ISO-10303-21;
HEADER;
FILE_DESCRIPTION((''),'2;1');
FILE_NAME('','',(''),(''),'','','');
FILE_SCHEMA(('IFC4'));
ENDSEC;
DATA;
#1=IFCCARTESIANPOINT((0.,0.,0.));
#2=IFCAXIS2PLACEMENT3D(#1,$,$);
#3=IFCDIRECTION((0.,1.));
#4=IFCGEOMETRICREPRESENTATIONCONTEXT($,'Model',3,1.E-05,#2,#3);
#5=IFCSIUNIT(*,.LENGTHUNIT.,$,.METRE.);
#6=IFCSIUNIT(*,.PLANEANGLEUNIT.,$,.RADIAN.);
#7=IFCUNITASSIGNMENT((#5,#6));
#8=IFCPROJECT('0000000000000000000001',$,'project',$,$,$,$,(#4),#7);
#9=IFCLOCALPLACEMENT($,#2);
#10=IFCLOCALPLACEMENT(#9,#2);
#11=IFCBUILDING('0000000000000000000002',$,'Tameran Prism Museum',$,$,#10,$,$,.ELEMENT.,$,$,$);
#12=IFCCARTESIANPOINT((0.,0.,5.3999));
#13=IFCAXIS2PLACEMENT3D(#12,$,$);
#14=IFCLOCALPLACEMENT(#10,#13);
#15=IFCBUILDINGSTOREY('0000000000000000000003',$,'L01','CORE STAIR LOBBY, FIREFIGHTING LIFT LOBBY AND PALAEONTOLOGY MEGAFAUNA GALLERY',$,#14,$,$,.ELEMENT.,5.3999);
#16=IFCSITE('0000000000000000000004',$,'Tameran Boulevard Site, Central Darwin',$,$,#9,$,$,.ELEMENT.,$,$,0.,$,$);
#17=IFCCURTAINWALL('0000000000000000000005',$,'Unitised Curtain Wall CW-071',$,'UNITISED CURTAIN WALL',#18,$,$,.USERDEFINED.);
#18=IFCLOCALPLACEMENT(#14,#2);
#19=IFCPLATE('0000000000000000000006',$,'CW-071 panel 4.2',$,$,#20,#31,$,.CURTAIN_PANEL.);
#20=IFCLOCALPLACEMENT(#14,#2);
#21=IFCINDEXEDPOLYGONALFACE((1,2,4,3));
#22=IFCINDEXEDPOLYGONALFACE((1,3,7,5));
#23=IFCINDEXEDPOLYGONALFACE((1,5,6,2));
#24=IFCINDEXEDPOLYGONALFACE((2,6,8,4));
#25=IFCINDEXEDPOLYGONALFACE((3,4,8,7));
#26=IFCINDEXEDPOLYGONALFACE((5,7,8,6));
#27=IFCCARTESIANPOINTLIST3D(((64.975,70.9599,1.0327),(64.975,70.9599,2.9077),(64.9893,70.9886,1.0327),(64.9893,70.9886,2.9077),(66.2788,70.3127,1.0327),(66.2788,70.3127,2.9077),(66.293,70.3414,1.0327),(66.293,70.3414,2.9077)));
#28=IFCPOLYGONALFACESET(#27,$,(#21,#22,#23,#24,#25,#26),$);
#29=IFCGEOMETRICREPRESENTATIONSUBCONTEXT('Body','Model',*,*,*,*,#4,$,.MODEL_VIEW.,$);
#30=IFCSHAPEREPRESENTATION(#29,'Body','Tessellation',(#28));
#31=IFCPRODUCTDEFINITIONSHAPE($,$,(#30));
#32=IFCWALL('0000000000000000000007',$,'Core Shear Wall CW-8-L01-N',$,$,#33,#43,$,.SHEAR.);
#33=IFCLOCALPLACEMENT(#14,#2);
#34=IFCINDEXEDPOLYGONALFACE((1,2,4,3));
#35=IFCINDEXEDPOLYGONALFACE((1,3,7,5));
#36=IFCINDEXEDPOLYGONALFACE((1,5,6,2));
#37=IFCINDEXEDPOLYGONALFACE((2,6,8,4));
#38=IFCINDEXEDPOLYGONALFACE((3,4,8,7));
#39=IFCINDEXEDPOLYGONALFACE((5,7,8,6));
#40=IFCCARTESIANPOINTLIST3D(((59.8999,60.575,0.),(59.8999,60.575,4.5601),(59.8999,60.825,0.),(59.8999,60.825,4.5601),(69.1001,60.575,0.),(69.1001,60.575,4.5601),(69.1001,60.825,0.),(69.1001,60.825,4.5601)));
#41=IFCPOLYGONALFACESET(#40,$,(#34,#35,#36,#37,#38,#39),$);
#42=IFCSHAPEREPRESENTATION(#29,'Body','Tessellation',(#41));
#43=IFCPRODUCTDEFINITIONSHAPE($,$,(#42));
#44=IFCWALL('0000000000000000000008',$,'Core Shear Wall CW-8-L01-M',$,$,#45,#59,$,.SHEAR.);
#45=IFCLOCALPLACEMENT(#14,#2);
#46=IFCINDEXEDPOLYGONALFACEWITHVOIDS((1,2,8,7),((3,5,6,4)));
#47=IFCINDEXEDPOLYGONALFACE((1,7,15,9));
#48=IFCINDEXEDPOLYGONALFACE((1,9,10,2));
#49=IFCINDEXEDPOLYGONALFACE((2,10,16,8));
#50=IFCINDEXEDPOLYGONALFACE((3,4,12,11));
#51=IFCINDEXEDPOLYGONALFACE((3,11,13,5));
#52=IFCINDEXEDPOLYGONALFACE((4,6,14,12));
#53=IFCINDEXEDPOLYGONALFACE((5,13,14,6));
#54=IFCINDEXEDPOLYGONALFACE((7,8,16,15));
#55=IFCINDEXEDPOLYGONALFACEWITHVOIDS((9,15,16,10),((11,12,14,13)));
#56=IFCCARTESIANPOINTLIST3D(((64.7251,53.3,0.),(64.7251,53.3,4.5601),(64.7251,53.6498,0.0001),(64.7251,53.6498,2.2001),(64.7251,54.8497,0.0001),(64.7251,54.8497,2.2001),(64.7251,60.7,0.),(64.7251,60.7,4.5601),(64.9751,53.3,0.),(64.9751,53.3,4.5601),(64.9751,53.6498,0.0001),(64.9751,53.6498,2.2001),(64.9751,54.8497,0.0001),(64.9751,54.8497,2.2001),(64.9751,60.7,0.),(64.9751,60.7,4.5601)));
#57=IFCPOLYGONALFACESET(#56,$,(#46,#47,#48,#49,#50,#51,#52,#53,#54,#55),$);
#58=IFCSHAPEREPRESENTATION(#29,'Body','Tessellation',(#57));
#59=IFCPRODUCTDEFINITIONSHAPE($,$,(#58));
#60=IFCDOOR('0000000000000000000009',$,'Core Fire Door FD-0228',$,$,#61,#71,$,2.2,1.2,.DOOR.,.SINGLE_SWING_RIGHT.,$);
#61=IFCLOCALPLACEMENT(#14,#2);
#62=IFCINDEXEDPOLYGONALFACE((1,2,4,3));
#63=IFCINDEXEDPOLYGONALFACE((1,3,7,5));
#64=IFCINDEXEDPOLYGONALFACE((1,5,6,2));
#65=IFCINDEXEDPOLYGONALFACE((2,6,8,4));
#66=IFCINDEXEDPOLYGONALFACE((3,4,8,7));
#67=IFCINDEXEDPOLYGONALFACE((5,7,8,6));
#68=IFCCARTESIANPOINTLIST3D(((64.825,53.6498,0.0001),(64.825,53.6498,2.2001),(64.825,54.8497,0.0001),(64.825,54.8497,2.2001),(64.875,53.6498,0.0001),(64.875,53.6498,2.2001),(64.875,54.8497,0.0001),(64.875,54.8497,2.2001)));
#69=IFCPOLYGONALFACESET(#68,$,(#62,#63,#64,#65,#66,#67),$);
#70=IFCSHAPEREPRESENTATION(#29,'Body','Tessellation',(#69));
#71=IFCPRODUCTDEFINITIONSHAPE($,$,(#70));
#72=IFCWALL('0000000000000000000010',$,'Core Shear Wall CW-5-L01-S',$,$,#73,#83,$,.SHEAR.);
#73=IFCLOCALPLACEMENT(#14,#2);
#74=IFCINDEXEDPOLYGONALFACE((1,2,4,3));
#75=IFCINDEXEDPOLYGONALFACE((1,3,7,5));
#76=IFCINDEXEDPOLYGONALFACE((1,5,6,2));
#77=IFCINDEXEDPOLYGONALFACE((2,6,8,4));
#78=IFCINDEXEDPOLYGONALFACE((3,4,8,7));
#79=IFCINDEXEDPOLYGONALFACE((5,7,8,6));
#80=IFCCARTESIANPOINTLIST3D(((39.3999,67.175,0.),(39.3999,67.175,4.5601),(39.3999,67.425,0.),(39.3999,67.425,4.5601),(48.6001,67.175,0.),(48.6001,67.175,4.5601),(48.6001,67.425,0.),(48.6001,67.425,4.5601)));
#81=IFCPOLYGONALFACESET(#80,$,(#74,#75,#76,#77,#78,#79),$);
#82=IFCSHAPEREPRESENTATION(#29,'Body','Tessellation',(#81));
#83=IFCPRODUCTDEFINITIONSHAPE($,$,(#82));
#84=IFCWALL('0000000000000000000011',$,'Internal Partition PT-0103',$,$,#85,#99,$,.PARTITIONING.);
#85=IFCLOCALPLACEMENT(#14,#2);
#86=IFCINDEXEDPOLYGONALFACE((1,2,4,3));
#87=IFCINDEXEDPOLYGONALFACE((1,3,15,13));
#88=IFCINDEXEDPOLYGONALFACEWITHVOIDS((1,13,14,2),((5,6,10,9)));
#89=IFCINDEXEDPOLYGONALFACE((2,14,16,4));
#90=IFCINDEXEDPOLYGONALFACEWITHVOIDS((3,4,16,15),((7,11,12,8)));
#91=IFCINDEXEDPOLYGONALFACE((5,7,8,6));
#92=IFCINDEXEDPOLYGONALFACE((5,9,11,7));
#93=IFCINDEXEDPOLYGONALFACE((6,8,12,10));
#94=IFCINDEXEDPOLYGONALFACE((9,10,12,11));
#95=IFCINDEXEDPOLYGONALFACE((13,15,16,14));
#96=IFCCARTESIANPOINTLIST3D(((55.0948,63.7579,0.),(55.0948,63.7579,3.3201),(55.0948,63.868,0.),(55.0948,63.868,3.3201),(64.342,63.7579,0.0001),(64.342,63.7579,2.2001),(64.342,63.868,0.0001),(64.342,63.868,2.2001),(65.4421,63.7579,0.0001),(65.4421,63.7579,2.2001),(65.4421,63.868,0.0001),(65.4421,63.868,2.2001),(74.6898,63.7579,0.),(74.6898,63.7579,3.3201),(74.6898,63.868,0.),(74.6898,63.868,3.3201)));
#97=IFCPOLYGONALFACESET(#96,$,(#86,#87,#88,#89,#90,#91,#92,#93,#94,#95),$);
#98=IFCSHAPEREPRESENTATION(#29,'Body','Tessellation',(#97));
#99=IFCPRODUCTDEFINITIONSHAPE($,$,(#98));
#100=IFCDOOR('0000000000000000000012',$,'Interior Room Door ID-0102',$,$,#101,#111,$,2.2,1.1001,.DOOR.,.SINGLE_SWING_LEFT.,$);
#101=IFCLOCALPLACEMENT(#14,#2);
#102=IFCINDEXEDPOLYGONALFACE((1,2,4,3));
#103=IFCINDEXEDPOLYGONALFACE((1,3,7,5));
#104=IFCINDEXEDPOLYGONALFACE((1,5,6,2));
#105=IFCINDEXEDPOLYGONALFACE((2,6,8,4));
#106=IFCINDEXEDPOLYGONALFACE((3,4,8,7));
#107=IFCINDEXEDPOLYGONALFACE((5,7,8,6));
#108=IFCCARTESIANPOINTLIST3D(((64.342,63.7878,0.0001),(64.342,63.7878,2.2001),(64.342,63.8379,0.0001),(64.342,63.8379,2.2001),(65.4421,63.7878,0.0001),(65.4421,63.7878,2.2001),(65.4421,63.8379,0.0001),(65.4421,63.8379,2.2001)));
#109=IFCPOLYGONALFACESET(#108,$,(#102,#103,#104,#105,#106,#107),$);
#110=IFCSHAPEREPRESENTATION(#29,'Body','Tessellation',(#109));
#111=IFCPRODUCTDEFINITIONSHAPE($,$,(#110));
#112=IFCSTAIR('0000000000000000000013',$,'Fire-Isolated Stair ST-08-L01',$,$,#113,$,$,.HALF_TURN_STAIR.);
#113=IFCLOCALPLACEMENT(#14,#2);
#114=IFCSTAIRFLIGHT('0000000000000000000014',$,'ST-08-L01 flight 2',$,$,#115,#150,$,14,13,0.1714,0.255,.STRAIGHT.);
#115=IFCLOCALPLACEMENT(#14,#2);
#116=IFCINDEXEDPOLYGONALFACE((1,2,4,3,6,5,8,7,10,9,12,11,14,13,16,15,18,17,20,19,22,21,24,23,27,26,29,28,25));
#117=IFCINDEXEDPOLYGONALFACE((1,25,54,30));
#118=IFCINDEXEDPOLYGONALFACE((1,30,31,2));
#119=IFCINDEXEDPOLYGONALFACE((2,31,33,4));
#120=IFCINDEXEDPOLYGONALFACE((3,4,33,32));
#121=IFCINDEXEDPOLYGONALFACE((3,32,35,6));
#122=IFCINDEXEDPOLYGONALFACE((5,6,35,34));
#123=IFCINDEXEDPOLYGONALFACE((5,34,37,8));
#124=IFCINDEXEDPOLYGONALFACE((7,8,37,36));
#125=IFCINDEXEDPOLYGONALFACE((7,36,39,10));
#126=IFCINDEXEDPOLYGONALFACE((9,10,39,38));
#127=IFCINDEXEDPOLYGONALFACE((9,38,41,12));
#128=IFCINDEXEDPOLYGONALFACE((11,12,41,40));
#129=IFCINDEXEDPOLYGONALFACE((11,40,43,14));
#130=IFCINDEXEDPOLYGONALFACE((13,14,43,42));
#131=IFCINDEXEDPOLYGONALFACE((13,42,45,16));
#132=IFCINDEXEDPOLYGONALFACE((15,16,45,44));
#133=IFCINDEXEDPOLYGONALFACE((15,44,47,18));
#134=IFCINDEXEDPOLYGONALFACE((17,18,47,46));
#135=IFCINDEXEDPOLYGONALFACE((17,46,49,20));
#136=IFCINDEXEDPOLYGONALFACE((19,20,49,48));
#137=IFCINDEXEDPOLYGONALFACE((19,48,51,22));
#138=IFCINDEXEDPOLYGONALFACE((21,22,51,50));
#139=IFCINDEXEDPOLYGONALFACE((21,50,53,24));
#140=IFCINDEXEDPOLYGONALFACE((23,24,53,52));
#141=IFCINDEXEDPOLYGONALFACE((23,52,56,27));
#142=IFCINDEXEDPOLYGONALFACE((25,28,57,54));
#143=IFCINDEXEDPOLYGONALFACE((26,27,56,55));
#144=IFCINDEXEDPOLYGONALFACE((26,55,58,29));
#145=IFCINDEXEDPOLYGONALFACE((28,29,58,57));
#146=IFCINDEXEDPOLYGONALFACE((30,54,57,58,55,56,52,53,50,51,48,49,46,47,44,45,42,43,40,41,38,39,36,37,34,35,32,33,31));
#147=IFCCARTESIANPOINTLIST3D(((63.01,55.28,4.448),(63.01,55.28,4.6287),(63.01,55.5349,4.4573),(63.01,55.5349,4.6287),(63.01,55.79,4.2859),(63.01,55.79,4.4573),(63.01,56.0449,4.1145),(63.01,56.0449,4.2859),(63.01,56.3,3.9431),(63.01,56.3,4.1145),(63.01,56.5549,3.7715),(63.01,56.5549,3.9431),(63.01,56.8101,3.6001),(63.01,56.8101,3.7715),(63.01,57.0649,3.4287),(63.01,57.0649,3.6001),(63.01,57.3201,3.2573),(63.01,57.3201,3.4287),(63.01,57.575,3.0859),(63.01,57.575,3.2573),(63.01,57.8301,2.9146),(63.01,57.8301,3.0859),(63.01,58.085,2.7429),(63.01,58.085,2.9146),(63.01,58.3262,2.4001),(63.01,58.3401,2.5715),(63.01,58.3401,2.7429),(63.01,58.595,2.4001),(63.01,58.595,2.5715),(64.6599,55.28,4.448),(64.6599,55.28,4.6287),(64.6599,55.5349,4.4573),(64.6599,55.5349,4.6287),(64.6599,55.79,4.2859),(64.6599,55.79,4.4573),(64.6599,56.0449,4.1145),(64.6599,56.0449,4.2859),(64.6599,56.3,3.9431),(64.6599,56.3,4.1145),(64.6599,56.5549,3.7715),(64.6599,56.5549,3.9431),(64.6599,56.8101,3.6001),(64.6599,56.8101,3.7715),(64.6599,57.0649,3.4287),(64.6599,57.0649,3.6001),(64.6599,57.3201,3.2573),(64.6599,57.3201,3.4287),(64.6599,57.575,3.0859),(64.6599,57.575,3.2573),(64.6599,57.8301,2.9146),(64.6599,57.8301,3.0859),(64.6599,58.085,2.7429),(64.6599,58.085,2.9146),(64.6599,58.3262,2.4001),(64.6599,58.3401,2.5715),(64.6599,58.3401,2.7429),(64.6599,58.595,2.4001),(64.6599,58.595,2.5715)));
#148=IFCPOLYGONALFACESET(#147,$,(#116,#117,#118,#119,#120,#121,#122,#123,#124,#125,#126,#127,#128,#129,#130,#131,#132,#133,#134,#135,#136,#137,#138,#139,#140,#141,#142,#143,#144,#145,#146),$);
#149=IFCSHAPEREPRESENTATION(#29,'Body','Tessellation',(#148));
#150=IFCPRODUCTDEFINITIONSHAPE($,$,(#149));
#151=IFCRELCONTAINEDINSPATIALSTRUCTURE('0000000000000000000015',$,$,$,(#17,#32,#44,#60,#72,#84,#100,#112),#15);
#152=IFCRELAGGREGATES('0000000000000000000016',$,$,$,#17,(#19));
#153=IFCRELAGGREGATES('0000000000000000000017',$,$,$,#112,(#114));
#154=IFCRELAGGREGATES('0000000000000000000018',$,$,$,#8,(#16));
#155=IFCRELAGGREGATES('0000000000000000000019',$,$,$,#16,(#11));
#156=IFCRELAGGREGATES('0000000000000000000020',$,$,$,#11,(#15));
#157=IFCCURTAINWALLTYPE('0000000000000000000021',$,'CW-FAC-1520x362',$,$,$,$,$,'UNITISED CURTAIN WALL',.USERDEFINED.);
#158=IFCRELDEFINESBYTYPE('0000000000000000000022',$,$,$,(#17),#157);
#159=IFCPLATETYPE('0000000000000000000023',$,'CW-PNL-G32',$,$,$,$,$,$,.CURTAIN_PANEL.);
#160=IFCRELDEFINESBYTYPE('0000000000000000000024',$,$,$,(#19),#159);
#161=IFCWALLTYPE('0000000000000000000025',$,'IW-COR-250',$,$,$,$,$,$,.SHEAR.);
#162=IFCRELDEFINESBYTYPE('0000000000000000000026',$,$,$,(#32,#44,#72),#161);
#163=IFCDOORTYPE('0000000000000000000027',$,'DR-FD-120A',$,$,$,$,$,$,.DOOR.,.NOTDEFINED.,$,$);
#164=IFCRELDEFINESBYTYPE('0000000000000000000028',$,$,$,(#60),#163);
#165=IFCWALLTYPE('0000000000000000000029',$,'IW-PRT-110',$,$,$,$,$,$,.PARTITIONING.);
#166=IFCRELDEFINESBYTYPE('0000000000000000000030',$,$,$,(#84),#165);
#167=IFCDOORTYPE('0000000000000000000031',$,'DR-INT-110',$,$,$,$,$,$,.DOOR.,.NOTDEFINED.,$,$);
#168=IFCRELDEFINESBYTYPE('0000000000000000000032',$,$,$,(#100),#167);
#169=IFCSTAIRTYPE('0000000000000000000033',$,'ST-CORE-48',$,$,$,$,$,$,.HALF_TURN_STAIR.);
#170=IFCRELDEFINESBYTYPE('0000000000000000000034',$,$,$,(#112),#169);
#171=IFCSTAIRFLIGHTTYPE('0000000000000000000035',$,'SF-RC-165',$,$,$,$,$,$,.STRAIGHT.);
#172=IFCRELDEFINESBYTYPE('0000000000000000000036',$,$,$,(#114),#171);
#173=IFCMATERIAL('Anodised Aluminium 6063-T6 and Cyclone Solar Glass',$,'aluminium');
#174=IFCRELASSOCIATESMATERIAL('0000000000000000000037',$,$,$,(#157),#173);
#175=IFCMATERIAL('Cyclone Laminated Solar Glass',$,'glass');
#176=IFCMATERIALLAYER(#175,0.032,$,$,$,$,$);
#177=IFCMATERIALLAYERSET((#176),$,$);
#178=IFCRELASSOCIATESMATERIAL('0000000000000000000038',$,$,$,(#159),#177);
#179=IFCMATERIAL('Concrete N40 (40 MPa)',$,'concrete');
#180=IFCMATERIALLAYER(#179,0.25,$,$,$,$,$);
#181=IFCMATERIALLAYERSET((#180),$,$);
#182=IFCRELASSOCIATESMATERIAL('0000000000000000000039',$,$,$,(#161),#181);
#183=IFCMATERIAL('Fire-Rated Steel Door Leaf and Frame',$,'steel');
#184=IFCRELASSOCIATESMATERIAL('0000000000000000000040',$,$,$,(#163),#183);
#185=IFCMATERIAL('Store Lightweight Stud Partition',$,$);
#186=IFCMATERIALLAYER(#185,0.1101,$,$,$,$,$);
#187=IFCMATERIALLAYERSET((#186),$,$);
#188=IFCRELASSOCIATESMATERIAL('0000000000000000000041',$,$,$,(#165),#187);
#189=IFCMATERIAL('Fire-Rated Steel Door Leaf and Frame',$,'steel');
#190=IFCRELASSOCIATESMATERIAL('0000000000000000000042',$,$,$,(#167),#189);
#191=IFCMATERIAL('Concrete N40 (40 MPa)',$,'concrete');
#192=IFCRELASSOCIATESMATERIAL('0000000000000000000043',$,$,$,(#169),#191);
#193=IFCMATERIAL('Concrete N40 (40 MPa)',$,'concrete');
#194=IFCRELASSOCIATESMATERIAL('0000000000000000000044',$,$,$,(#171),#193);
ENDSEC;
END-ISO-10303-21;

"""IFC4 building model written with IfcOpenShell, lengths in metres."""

from ifc_helpers import new_model, si_unit, direction, frame, frame_2d, origin, origin_2d, place, context, subcontext, project, spatial, polyline, rectangle, outline, extrude, material, layer, layer_set, type_object, element, fill, aggregate, save


model = new_model("IFC4")

# Units and contexts
model_context = context("Model", 3, precision=1e-05, world=origin(), true_north=direction((0.0, 1.0)))
body_context = subcontext(model_context, "Body", "Model", "MODEL_VIEW")
ifc_project = project(units=[si_unit("LENGTHUNIT", "METRE"), si_unit("PLANEANGLEUNIT", "RADIAN")], contexts=[model_context])

# Site, building, storey
site_placement = place(None, origin())
site = spatial("IfcSite", under=ifc_project, at=site_placement, Name="Tameran Boulevard Site, Central Darwin", CompositionType="ELEMENT", RefElevation=0.0)
building_placement = place(site_placement, origin())
building = spatial("IfcBuilding", under=site, at=building_placement, Name="Tameran Prism Museum", CompositionType="ELEMENT")
storey_placement = place(building_placement, frame((0.0, 0.0, 5.3999)))
storey = spatial("IfcBuildingStorey", under=building, at=storey_placement, Name="L01", Description="CORE STAIR LOBBY, FIREFIGHTING LIFT LOBBY AND PALAEONTOLOGY MEGAFAUNA GALLERY", CompositionType="ELEMENT", Elevation=5.3999)

# Curtain wall, plate
ifc_material_1 = material(Name="Anodised Aluminium 6063-T6 and Cyclone Solar Glass", Category="aluminium")
curtain_wall_type = type_object("IfcCurtainWallType", Name="CW-FAC-1520x362", ElementType="UNITISED CURTAIN WALL", PredefinedType="USERDEFINED", material=ifc_material_1)
curtain_wall_placement = place(storey_placement, origin())
curtain_wall = element("IfcCurtainWall", 1, at=curtain_wall_placement, inside=storey, type_object=curtain_wall_type, Name="Unitised Curtain Wall CW-071", ObjectType="UNITISED CURTAIN WALL", PredefinedType="USERDEFINED")
ifc_material_2 = material(Name="Cyclone Laminated Solar Glass", Category="glass")
ifc_layer_1 = layer(ifc_material_2, 0.032)
ifc_layer_set_1 = layer_set([ifc_layer_1])
plate_type = type_object("IfcPlateType", Name="CW-PNL-G32", PredefinedType="CURTAIN_PANEL", material=ifc_layer_set_1)
plate_1_placement = place(storey_placement, frame((65.634, 70.6506, 1.0327), z_axis=(0.0, 0.0, 1.0), x_axis=(0.895712, -0.444634, 0.0)))
plate_1 = element("IfcPlate", 2, at=plate_1_placement, type_object=plate_type, Name="CW-071 panel 4.2", PredefinedType="CURTAIN_PANEL", context=body_context, shape_type="SweptSolid", body=[
    extrude(rectangle(XDim=1.4556, YDim=0.032, at=origin_2d()), origin(), (0.0, 0.0, 1.0), 1.875),
])
aggregate(curtain_wall, [plate_1])

# Wall
ifc_material_3 = material(Name="Concrete N40 (40 MPa)", Category="concrete")
ifc_layer_2 = layer(ifc_material_3, 0.25)
ifc_layer_set_2 = layer_set([ifc_layer_2])
wall_type_1 = type_object("IfcWallType", Name="IW-COR-250", PredefinedType="SHEAR", material=ifc_layer_set_2)
wall_1_placement = place(storey_placement, frame((59.8999, 60.7, 0.0), z_axis=(0.0, 0.0, 1.0), x_axis=(1.0, 0.0, 0.0)))
element("IfcWall", 3, at=wall_1_placement, inside=storey, type_object=wall_type_1, Name="Core Shear Wall CW-8-L01-N", PredefinedType="SHEAR", context=body_context, shape_type="SweptSolid", body=[
    extrude(rectangle(XDim=9.2002, YDim=0.25, at=frame_2d((4.6001, 0.0))), origin(), (0.0, 0.0, 1.0), 4.5601),
])

# Wall, opening, door
wall_2_placement = place(storey_placement, frame((64.8501, 60.7, 0.0), z_axis=(0.0, 0.0, 1.0), x_axis=(0.0, -1.0, 0.0)))
wall_2 = element("IfcWall", 4, at=wall_2_placement, inside=storey, type_object=wall_type_1, Name="Core Shear Wall CW-8-L01-M", PredefinedType="SHEAR", context=body_context, shape_type="SweptSolid", body=[
    extrude(rectangle(XDim=7.3999, YDim=0.25, at=frame_2d((3.7, 0.0))), origin(), (0.0, 0.0, 1.0), 4.5601),
])
opening_1_placement = place(wall_2_placement, frame((5.8501, 0.0, 0.0)))
opening_1 = element("IfcOpeningElement", 5, at=opening_1_placement, cuts=wall_2, PredefinedType="OPENING", context=body_context, shape_type="SweptSolid", body=[
    extrude(rectangle(XDim=1.2, YDim=2.2, at=frame_2d((0.6001, 1.1001))), frame((0.0, 0.135, 0.0), z_axis=(0.0, -1.0, 0.0), x_axis=(1.0, 0.0, 0.0)), (0.0, 0.0, 1.0), 0.27),
])
ifc_material_4 = material(Name="Fire-Rated Steel Door Leaf and Frame", Category="steel")
door_type_1 = type_object("IfcDoorType", Name="DR-FD-120A", OperationType="NOTDEFINED", PredefinedType="DOOR", material=ifc_material_4)
door_1_placement = place(opening_1_placement, origin())
door_1 = element("IfcDoor", 6, at=door_1_placement, inside=storey, type_object=door_type_1, Name="Core Fire Door FD-0228", OperationType="SINGLE_SWING_RIGHT", OverallHeight=2.2, OverallWidth=1.2, PredefinedType="DOOR", context=body_context, shape_type="SweptSolid", body=[
    extrude(rectangle(XDim=1.2, YDim=2.2, at=frame_2d((0.6001, 1.1001))), frame((0.0, 0.0249, 0.0), z_axis=(0.0, -1.0, 0.0), x_axis=(1.0, 0.0, 0.0)), (0.0, 0.0, 1.0), 0.05),
])
fill(opening_1, door_1)

# Wall
wall_3_placement = place(storey_placement, frame((48.6001, 67.3, 0.0), z_axis=(0.0, 0.0, 1.0), x_axis=(-1.0, 0.0, 0.0)))
element("IfcWall", 7, at=wall_3_placement, inside=storey, type_object=wall_type_1, Name="Core Shear Wall CW-5-L01-S", PredefinedType="SHEAR", context=body_context, shape_type="SweptSolid", body=[
    extrude(rectangle(XDim=9.2002, YDim=0.25, at=frame_2d((4.6001, 0.0))), origin(), (0.0, 0.0, 1.0), 4.5601),
])

# Wall, opening, door
ifc_material_5 = material(Name="Store Lightweight Stud Partition")
ifc_layer_3 = layer(ifc_material_5, 0.1101)
ifc_layer_set_3 = layer_set([ifc_layer_3])
wall_type_2 = type_object("IfcWallType", Name="IW-PRT-110", PredefinedType="PARTITIONING", material=ifc_layer_set_3)
wall_4_placement = place(storey_placement, frame((55.095, 63.813, 0.0), z_axis=(0.0, 0.0, 1.0), x_axis=(1.0, 0.0, 0.0)))
wall_4 = element("IfcWall", 8, at=wall_4_placement, inside=storey, type_object=wall_type_2, Name="Internal Partition PT-0103", PredefinedType="PARTITIONING", context=body_context, shape_type="SweptSolid", body=[
    extrude(rectangle(XDim=19.595, YDim=0.1101, at=frame_2d((9.7974, 0.0))), origin(), (0.0, 0.0, 1.0), 3.3201),
])
opening_2_placement = place(wall_4_placement, frame((9.2471, 0.0, 0.0)))
opening_2 = element("IfcOpeningElement", 9, at=opening_2_placement, cuts=wall_4, PredefinedType="OPENING", context=body_context, shape_type="SweptSolid", body=[
    extrude(rectangle(XDim=1.1001, YDim=2.2, at=frame_2d((0.55, 1.1001))), frame((0.0, 0.0649, 0.0), z_axis=(0.0, -1.0, 0.0), x_axis=(1.0, 0.0, 0.0)), (0.0, 0.0, 1.0), 0.1301),
])
ifc_material_6 = material(Name="Fire-Rated Steel Door Leaf and Frame", Category="steel")
door_type_2 = type_object("IfcDoorType", Name="DR-INT-110", OperationType="NOTDEFINED", PredefinedType="DOOR", material=ifc_material_6)
door_2_placement = place(opening_2_placement, origin())
door_2 = element("IfcDoor", 10, at=door_2_placement, inside=storey, type_object=door_type_2, Name="Interior Room Door ID-0102", OperationType="SINGLE_SWING_LEFT", OverallHeight=2.2, OverallWidth=1.1001, PredefinedType="DOOR", context=body_context, shape_type="SweptSolid", body=[
    extrude(rectangle(XDim=1.1001, YDim=2.2, at=frame_2d((0.55, 1.1001))), frame((0.0, 0.0249, 0.0), z_axis=(0.0, -1.0, 0.0), x_axis=(1.0, 0.0, 0.0)), (0.0, 0.0, 1.0), 0.05),
])
fill(opening_2, door_2)

# Stair, stair flight
ifc_material_7 = material(Name="Concrete N40 (40 MPa)", Category="concrete")
stair_type = type_object("IfcStairType", Name="ST-CORE-48", PredefinedType="HALF_TURN_STAIR", material=ifc_material_7)
stair_1_placement = place(storey_placement, origin())
stair_1 = element("IfcStair", 11, at=stair_1_placement, inside=storey, type_object=stair_type, Name="Fire-Isolated Stair ST-08-L01", PredefinedType="HALF_TURN_STAIR")
ifc_material_8 = material(Name="Concrete N40 (40 MPa)", Category="concrete")
stair_flight_type = type_object("IfcStairFlightType", Name="SF-RC-165", PredefinedType="STRAIGHT", material=ifc_material_8)
stair_flight_1_placement = place(storey_placement, frame((63.835, 58.595, 2.4001), z_axis=(0.0, 0.0, 1.0), x_axis=(0.0, -1.0, 0.0)))
stair_flight_1 = element("IfcStairFlight", 12, at=stair_flight_1_placement, type_object=stair_flight_type, Name="ST-08-L01 flight 2", NumberOfRisers=14, NumberOfTreads=13, PredefinedType="STRAIGHT", RiserHeight=0.1714, TreadLength=0.255, context=body_context, shape_type="SweptSolid", body=[
    extrude(outline(polyline([(0.0, 0.0), (0.0, 0.1714), (0.2549, 0.1714), (0.2549, 0.3428), (0.51, 0.3428), (0.51, 0.5144), (0.7649, 0.5144), (0.7649, 0.6858), (1.02, 0.6858), (1.02, 0.8572), (1.2749, 0.8572), (1.2749, 1.0286), (1.53, 1.0286), (1.53, 1.2), (1.7849, 1.2), (1.7849, 1.3713), (2.04, 1.3713), (2.04, 1.543), (2.2949, 1.543), (2.2949, 1.7144), (2.55, 1.7144), (2.55, 1.8857), (2.8049, 1.8857), (2.8049, 2.0571), (3.0601, 2.0571), (3.0601, 2.2285), (3.3149, 2.2285), (3.3149, 2.3999), (3.3149, 2.0479), (0.2688, 0.0), (0.0, 0.0)])), frame((0.0, 0.825, 0.0), z_axis=(0.0, -1.0, 0.0), x_axis=(1.0, 0.0, 0.0)), (0.0, 0.0, 1.0), 1.6499),
])
aggregate(stair_1, [stair_flight_1])

save(model, "model.ifc")
